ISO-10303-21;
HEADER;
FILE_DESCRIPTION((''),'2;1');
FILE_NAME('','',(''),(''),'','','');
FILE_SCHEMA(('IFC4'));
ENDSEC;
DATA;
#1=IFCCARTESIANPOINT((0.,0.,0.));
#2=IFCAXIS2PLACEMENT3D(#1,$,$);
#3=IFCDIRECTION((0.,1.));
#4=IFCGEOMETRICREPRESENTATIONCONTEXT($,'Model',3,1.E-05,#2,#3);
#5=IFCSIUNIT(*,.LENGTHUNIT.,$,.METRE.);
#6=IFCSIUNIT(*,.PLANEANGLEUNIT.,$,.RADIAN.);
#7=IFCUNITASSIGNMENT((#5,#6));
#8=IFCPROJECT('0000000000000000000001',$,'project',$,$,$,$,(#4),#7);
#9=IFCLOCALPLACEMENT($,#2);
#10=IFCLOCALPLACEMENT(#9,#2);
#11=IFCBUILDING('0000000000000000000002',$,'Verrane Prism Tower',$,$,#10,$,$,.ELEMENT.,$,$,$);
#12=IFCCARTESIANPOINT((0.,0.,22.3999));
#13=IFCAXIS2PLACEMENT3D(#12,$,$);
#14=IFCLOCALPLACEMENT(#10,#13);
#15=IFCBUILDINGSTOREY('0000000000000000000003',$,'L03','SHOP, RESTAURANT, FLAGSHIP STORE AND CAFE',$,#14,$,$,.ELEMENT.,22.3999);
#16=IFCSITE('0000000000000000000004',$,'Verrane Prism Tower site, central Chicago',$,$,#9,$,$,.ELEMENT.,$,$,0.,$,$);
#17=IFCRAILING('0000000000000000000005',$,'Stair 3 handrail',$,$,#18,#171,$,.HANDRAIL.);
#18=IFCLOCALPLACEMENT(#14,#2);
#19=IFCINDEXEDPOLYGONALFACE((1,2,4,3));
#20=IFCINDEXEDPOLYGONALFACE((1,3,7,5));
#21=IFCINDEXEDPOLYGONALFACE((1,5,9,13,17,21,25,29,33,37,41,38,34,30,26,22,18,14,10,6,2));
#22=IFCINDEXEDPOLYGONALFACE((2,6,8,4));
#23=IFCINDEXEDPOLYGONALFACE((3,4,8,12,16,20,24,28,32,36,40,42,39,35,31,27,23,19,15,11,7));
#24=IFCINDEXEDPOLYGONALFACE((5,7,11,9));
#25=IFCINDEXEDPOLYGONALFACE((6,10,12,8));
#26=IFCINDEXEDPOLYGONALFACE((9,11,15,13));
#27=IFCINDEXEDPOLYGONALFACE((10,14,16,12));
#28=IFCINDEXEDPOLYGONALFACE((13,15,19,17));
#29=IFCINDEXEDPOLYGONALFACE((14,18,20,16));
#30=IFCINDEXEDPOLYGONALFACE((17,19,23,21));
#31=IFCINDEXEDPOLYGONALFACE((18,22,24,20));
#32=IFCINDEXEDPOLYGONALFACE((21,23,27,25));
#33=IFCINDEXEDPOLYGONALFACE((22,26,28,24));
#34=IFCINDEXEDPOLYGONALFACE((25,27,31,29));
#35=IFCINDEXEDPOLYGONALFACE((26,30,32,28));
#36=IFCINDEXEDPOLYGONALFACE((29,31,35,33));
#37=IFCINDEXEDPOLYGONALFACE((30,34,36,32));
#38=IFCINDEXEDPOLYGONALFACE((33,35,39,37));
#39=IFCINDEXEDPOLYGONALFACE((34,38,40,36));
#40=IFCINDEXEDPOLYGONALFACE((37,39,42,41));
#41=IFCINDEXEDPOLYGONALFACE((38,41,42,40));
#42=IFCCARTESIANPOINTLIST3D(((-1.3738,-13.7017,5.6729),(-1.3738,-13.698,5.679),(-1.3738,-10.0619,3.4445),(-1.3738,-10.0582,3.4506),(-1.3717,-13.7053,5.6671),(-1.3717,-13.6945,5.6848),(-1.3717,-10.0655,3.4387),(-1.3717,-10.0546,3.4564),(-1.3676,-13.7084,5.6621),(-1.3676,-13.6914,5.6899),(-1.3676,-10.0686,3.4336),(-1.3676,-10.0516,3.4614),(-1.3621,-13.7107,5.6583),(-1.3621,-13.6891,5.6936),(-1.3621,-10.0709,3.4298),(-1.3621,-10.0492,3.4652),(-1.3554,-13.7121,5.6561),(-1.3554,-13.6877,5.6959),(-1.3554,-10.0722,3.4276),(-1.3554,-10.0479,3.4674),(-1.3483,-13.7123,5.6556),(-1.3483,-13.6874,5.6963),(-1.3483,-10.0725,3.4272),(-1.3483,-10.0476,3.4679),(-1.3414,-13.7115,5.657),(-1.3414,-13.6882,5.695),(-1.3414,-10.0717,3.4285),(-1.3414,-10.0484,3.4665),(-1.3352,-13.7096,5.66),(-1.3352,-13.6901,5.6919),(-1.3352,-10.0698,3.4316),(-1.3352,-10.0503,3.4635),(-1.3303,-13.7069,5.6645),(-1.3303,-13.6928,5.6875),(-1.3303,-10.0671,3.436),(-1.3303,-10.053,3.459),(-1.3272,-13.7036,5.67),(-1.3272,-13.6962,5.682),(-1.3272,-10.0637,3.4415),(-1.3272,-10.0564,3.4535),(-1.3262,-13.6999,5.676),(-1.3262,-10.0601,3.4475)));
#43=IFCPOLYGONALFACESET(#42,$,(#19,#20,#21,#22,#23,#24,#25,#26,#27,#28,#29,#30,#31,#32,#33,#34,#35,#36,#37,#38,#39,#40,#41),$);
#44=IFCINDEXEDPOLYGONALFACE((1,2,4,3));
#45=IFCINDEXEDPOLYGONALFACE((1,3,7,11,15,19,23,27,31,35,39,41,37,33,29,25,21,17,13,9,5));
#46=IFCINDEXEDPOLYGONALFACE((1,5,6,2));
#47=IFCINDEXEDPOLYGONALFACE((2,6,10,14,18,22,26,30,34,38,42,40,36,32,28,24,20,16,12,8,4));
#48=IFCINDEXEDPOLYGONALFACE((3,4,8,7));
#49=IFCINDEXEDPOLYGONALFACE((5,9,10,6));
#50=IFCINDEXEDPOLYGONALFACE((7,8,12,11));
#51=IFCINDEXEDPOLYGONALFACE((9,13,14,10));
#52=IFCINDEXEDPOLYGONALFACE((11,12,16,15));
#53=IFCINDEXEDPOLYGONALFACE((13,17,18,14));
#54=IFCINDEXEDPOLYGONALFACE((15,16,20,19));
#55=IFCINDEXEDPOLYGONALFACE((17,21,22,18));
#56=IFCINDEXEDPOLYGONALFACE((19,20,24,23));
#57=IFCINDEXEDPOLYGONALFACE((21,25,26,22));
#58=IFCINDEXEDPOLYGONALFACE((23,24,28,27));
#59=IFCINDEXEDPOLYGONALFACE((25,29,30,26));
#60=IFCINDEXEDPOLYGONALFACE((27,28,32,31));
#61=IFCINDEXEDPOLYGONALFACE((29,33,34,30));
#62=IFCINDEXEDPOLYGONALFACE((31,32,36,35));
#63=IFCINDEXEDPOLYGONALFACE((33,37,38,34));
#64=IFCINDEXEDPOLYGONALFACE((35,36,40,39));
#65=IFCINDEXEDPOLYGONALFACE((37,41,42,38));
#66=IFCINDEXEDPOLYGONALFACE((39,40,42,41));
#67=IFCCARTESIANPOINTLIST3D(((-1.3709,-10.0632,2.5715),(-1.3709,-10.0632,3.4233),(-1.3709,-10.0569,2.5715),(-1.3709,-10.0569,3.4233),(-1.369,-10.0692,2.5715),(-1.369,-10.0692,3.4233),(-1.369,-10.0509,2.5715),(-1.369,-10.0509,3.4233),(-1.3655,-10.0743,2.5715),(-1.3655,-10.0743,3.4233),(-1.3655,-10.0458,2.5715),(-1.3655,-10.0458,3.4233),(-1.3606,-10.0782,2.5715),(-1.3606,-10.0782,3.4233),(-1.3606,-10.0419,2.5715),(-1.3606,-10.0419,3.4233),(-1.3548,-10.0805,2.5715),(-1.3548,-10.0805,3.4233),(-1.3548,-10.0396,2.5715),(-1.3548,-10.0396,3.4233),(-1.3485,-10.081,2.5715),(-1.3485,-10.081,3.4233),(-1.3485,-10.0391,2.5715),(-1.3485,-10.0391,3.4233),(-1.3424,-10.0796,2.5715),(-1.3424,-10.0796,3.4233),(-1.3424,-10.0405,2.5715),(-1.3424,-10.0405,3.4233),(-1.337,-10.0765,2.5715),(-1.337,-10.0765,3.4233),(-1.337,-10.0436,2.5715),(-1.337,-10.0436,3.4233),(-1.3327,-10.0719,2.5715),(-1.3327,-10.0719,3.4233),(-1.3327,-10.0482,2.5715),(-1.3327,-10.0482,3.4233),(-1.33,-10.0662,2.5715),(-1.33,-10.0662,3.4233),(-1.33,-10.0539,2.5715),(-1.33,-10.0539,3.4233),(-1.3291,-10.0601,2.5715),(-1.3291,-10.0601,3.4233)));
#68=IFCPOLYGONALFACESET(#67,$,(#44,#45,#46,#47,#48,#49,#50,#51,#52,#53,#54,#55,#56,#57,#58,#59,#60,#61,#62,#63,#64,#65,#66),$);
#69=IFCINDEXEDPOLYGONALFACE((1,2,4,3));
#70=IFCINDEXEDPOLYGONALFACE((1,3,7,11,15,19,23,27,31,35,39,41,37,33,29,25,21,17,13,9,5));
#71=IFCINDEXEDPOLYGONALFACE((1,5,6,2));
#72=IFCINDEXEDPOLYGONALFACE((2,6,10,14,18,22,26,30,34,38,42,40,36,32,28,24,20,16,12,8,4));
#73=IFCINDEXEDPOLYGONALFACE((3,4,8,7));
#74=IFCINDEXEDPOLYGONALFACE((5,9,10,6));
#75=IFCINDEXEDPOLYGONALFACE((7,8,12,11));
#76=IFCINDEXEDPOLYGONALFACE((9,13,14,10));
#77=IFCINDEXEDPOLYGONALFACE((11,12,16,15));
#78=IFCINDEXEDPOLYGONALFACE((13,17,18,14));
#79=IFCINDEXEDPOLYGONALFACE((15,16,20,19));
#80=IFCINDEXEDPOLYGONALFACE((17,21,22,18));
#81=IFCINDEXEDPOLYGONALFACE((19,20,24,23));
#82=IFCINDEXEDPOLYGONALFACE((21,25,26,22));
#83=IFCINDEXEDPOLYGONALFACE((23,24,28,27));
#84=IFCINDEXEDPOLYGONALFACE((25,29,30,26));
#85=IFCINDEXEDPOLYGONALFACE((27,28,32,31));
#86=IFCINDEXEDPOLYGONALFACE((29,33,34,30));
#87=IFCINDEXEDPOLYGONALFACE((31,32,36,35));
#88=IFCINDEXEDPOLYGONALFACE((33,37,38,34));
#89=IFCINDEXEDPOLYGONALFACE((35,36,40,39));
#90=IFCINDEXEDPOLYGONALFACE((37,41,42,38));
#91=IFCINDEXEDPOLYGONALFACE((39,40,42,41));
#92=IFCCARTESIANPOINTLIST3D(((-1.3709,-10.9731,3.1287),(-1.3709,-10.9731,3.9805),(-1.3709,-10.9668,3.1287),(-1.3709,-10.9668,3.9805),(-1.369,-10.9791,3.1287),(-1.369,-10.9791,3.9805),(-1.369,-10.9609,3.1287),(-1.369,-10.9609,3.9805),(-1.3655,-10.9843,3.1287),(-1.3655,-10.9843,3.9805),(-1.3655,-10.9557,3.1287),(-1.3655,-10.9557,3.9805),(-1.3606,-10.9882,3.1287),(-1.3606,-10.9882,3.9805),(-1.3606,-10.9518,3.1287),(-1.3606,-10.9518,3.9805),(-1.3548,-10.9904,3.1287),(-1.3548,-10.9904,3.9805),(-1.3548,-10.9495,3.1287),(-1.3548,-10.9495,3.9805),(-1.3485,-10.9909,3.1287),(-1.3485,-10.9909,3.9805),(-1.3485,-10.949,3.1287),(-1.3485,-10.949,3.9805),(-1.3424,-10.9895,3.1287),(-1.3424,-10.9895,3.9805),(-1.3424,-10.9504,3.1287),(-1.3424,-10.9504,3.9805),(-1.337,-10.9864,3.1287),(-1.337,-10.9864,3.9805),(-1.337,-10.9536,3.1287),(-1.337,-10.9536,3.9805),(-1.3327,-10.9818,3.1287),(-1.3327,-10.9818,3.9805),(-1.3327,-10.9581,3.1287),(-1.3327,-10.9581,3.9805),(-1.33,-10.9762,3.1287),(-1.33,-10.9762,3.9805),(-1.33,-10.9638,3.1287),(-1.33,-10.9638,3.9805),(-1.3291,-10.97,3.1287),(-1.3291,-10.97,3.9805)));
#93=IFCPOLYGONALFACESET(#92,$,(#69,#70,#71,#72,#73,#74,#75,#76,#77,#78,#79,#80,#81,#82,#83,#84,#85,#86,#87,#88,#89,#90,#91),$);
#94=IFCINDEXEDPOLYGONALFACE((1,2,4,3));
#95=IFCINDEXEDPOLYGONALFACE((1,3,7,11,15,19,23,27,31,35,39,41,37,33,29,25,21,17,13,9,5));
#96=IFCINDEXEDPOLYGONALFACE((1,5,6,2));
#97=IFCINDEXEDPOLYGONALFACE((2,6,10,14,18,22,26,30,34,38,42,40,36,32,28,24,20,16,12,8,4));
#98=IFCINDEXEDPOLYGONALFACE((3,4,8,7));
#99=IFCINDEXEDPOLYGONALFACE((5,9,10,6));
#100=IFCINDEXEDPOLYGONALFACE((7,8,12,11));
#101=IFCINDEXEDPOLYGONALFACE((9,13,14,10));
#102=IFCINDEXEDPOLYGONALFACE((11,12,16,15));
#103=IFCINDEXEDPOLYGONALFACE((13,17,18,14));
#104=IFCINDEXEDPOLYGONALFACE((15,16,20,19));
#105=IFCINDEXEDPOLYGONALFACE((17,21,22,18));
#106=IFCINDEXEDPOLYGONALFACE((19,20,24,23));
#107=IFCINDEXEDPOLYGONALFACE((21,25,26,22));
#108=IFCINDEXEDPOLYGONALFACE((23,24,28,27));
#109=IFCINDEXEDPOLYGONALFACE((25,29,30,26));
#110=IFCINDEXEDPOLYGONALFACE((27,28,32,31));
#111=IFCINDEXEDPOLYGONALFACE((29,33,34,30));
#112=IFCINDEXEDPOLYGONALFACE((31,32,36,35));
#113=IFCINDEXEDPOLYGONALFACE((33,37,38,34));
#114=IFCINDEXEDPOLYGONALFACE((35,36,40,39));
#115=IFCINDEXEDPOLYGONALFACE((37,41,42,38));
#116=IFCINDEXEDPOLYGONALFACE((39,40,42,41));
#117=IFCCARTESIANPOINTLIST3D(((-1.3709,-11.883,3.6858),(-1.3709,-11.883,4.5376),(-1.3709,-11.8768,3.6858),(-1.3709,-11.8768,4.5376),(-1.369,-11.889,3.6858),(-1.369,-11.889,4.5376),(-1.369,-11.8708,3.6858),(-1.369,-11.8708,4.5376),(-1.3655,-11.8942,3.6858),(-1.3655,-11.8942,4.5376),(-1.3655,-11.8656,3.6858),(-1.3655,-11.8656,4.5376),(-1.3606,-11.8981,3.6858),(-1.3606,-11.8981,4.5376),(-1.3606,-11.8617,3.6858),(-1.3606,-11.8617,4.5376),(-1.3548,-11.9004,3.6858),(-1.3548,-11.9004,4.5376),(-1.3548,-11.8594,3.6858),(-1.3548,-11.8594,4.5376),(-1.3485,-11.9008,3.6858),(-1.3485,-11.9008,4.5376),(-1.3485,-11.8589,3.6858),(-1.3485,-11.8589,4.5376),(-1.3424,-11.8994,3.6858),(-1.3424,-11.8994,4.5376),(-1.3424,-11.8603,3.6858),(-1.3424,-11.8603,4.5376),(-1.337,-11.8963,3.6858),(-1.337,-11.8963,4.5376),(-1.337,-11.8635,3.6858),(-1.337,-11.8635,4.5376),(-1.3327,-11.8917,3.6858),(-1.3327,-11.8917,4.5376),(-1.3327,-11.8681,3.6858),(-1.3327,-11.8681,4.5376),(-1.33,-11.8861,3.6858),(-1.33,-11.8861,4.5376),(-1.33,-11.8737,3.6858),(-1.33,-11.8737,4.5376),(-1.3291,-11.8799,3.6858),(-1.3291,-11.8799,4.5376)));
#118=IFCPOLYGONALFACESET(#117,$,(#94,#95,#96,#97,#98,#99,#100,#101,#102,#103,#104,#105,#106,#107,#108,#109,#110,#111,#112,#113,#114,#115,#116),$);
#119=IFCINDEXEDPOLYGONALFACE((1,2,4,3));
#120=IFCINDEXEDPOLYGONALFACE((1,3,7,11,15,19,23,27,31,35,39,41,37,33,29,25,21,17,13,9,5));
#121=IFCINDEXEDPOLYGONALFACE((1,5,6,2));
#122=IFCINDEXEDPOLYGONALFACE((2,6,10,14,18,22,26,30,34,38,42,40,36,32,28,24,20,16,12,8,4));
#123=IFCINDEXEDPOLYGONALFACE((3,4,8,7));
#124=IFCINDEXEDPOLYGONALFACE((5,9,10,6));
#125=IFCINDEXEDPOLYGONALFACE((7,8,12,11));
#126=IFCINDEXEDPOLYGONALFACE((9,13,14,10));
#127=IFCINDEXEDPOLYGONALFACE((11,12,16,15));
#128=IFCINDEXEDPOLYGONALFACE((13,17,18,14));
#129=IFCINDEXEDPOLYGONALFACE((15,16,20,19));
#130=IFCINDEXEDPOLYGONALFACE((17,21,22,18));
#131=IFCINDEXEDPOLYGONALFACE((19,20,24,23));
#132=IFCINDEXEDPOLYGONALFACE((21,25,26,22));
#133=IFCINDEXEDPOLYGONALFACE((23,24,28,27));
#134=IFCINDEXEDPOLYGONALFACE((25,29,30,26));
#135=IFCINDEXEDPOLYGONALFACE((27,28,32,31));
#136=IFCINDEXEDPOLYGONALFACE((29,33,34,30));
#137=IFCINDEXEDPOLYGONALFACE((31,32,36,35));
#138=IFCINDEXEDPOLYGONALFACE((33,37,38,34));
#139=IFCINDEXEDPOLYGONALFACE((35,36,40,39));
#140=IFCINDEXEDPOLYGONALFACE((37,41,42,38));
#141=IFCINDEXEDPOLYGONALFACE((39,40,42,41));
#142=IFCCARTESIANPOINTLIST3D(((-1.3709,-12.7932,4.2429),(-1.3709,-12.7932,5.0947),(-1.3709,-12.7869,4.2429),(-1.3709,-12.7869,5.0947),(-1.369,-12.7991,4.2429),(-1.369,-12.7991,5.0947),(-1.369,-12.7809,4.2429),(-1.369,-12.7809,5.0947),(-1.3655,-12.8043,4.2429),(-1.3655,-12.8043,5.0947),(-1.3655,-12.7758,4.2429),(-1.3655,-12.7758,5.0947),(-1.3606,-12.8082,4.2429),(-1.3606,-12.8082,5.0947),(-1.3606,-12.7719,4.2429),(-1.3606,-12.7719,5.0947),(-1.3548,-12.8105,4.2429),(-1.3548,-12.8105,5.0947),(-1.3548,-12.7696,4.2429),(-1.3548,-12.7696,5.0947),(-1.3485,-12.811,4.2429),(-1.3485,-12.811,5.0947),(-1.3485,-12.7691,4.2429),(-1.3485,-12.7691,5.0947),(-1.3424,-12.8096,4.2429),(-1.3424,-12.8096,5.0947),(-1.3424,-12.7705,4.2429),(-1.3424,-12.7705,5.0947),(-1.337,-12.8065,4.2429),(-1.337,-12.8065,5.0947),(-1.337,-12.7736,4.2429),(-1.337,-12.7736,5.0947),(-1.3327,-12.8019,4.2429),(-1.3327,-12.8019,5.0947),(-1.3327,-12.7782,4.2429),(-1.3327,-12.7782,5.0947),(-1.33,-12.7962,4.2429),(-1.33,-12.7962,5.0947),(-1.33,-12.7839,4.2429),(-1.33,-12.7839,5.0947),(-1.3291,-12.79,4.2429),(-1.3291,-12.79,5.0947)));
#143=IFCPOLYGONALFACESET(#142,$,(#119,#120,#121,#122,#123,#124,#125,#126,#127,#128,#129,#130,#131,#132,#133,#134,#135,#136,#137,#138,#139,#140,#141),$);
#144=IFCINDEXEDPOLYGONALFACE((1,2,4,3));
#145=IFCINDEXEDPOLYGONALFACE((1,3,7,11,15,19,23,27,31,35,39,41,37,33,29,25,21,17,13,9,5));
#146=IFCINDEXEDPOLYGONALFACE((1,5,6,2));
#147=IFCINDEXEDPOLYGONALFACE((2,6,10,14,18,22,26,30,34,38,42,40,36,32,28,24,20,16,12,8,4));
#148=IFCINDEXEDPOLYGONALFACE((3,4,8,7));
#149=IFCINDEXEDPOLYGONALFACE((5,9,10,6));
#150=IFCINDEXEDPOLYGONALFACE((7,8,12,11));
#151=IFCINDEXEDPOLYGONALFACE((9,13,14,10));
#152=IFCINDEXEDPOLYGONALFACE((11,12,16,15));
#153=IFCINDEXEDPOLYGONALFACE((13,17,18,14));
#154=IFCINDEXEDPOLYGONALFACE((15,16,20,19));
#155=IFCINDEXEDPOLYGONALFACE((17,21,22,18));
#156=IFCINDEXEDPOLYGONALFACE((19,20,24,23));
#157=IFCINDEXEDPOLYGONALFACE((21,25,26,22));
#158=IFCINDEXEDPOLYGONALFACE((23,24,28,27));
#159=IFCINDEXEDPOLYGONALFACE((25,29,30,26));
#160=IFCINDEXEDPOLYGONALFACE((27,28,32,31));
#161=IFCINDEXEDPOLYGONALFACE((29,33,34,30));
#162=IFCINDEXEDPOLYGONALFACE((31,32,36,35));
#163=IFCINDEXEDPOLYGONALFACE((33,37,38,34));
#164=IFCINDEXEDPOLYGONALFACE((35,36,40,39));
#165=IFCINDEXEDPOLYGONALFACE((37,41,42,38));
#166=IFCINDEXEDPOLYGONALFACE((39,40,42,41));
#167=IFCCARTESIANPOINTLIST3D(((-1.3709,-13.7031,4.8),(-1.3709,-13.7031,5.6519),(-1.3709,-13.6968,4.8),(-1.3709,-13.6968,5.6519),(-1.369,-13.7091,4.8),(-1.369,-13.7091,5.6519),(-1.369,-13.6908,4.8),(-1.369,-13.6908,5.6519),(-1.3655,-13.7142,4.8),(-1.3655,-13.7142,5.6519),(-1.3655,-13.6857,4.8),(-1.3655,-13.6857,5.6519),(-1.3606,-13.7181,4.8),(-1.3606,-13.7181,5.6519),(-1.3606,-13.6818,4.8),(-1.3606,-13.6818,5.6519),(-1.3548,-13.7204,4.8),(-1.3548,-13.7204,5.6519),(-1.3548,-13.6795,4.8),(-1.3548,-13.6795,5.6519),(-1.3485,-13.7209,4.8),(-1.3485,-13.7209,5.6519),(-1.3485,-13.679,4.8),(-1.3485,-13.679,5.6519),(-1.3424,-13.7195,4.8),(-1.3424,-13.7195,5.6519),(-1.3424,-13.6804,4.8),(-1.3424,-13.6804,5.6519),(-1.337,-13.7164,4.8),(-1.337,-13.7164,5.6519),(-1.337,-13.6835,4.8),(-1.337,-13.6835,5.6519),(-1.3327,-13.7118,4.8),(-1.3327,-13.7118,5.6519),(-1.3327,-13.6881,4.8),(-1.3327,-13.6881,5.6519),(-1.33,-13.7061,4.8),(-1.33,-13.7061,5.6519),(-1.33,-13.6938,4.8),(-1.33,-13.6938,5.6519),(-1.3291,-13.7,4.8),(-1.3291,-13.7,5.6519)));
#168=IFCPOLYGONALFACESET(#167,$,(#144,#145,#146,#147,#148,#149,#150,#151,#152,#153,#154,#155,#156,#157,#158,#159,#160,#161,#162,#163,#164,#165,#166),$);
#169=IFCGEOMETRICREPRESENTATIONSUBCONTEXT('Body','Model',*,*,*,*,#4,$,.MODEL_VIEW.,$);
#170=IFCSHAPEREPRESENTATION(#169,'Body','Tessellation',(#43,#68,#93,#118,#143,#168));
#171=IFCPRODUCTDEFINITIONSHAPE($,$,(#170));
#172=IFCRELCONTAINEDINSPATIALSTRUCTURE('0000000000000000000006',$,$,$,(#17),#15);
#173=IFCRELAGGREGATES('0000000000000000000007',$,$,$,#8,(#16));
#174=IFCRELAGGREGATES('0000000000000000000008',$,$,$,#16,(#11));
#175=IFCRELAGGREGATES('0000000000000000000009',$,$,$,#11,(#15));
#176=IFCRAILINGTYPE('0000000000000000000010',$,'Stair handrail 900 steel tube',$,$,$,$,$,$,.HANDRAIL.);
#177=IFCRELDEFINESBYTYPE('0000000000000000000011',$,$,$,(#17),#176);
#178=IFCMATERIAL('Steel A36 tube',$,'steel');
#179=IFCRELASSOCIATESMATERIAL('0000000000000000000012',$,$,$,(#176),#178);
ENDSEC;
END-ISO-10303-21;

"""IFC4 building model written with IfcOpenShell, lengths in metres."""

from ifc_helpers import new_model, si_unit, direction, frame, origin, origin_2d, place, context, subcontext, project, spatial, circle, extrude, material, type_object, element, save


model = new_model("IFC4")

# Units and contexts
model_context = context("Model", 3, precision=1e-05, world=origin(), true_north=direction((0.0, 1.0)))
body_context = subcontext(model_context, "Body", "Model", "MODEL_VIEW")
ifc_project = project(units=[si_unit("LENGTHUNIT", "METRE"), si_unit("PLANEANGLEUNIT", "RADIAN")], contexts=[model_context])

# Site, building, storey
site_placement = place(None, origin())
site = spatial("IfcSite", under=ifc_project, at=site_placement, Name="Verrane Prism Tower site, central Chicago", CompositionType="ELEMENT", RefElevation=0.0)
building_placement = place(site_placement, origin())
building = spatial("IfcBuilding", under=site, at=building_placement, Name="Verrane Prism Tower", CompositionType="ELEMENT")
storey_placement = place(building_placement, frame((0.0, 0.0, 22.3999)))
storey = spatial("IfcBuildingStorey", under=building, at=storey_placement, Name="L03", Description="SHOP, RESTAURANT, FLAGSHIP STORE AND CAFE", CompositionType="ELEMENT", Elevation=22.3999)

# Railing
ifc_material_1 = material(Name="Steel A36 tube", Category="steel")
railing_type = type_object("IfcRailingType", Name="Stair handrail 900 steel tube", PredefinedType="HANDRAIL", material=ifc_material_1)
railing_placement = place(storey_placement, frame((-1.3501, -10.0601, 2.5715)))
element("IfcRailing", 1, at=railing_placement, inside=storey, type_object=railing_type, Name="Stair 3 handrail", PredefinedType="HANDRAIL", context=body_context, shape_type="SweptSolid", body=[
    extrude(circle(Radius=0.0239, at=origin_2d()), frame((0.0, 0.0, 0.876), z_axis=(0.0, -0.85285, 0.522156), x_axis=(1.0, 0.0, 0.0)), (0.0, 0.0, 1.0), 4.2678),
    extrude(circle(Radius=0.021, at=origin_2d()), origin(), (0.0, 0.0, 1.0), 0.8518),
    extrude(circle(Radius=0.021, at=origin_2d()), frame((0.0, -0.9099, 0.5571)), (0.0, 0.0, 1.0), 0.8518),
    extrude(circle(Radius=0.021, at=origin_2d()), frame((0.0, -1.8198, 1.1143)), (0.0, 0.0, 1.0), 0.8518),
    extrude(circle(Radius=0.021, at=origin_2d()), frame((0.0, -2.73, 1.6714)), (0.0, 0.0, 1.0), 0.8518),
    extrude(circle(Radius=0.021, at=origin_2d()), frame((0.0, -3.6399, 2.2285)), (0.0, 0.0, 1.0), 0.8518),
])

save(model, "model.ifc")
